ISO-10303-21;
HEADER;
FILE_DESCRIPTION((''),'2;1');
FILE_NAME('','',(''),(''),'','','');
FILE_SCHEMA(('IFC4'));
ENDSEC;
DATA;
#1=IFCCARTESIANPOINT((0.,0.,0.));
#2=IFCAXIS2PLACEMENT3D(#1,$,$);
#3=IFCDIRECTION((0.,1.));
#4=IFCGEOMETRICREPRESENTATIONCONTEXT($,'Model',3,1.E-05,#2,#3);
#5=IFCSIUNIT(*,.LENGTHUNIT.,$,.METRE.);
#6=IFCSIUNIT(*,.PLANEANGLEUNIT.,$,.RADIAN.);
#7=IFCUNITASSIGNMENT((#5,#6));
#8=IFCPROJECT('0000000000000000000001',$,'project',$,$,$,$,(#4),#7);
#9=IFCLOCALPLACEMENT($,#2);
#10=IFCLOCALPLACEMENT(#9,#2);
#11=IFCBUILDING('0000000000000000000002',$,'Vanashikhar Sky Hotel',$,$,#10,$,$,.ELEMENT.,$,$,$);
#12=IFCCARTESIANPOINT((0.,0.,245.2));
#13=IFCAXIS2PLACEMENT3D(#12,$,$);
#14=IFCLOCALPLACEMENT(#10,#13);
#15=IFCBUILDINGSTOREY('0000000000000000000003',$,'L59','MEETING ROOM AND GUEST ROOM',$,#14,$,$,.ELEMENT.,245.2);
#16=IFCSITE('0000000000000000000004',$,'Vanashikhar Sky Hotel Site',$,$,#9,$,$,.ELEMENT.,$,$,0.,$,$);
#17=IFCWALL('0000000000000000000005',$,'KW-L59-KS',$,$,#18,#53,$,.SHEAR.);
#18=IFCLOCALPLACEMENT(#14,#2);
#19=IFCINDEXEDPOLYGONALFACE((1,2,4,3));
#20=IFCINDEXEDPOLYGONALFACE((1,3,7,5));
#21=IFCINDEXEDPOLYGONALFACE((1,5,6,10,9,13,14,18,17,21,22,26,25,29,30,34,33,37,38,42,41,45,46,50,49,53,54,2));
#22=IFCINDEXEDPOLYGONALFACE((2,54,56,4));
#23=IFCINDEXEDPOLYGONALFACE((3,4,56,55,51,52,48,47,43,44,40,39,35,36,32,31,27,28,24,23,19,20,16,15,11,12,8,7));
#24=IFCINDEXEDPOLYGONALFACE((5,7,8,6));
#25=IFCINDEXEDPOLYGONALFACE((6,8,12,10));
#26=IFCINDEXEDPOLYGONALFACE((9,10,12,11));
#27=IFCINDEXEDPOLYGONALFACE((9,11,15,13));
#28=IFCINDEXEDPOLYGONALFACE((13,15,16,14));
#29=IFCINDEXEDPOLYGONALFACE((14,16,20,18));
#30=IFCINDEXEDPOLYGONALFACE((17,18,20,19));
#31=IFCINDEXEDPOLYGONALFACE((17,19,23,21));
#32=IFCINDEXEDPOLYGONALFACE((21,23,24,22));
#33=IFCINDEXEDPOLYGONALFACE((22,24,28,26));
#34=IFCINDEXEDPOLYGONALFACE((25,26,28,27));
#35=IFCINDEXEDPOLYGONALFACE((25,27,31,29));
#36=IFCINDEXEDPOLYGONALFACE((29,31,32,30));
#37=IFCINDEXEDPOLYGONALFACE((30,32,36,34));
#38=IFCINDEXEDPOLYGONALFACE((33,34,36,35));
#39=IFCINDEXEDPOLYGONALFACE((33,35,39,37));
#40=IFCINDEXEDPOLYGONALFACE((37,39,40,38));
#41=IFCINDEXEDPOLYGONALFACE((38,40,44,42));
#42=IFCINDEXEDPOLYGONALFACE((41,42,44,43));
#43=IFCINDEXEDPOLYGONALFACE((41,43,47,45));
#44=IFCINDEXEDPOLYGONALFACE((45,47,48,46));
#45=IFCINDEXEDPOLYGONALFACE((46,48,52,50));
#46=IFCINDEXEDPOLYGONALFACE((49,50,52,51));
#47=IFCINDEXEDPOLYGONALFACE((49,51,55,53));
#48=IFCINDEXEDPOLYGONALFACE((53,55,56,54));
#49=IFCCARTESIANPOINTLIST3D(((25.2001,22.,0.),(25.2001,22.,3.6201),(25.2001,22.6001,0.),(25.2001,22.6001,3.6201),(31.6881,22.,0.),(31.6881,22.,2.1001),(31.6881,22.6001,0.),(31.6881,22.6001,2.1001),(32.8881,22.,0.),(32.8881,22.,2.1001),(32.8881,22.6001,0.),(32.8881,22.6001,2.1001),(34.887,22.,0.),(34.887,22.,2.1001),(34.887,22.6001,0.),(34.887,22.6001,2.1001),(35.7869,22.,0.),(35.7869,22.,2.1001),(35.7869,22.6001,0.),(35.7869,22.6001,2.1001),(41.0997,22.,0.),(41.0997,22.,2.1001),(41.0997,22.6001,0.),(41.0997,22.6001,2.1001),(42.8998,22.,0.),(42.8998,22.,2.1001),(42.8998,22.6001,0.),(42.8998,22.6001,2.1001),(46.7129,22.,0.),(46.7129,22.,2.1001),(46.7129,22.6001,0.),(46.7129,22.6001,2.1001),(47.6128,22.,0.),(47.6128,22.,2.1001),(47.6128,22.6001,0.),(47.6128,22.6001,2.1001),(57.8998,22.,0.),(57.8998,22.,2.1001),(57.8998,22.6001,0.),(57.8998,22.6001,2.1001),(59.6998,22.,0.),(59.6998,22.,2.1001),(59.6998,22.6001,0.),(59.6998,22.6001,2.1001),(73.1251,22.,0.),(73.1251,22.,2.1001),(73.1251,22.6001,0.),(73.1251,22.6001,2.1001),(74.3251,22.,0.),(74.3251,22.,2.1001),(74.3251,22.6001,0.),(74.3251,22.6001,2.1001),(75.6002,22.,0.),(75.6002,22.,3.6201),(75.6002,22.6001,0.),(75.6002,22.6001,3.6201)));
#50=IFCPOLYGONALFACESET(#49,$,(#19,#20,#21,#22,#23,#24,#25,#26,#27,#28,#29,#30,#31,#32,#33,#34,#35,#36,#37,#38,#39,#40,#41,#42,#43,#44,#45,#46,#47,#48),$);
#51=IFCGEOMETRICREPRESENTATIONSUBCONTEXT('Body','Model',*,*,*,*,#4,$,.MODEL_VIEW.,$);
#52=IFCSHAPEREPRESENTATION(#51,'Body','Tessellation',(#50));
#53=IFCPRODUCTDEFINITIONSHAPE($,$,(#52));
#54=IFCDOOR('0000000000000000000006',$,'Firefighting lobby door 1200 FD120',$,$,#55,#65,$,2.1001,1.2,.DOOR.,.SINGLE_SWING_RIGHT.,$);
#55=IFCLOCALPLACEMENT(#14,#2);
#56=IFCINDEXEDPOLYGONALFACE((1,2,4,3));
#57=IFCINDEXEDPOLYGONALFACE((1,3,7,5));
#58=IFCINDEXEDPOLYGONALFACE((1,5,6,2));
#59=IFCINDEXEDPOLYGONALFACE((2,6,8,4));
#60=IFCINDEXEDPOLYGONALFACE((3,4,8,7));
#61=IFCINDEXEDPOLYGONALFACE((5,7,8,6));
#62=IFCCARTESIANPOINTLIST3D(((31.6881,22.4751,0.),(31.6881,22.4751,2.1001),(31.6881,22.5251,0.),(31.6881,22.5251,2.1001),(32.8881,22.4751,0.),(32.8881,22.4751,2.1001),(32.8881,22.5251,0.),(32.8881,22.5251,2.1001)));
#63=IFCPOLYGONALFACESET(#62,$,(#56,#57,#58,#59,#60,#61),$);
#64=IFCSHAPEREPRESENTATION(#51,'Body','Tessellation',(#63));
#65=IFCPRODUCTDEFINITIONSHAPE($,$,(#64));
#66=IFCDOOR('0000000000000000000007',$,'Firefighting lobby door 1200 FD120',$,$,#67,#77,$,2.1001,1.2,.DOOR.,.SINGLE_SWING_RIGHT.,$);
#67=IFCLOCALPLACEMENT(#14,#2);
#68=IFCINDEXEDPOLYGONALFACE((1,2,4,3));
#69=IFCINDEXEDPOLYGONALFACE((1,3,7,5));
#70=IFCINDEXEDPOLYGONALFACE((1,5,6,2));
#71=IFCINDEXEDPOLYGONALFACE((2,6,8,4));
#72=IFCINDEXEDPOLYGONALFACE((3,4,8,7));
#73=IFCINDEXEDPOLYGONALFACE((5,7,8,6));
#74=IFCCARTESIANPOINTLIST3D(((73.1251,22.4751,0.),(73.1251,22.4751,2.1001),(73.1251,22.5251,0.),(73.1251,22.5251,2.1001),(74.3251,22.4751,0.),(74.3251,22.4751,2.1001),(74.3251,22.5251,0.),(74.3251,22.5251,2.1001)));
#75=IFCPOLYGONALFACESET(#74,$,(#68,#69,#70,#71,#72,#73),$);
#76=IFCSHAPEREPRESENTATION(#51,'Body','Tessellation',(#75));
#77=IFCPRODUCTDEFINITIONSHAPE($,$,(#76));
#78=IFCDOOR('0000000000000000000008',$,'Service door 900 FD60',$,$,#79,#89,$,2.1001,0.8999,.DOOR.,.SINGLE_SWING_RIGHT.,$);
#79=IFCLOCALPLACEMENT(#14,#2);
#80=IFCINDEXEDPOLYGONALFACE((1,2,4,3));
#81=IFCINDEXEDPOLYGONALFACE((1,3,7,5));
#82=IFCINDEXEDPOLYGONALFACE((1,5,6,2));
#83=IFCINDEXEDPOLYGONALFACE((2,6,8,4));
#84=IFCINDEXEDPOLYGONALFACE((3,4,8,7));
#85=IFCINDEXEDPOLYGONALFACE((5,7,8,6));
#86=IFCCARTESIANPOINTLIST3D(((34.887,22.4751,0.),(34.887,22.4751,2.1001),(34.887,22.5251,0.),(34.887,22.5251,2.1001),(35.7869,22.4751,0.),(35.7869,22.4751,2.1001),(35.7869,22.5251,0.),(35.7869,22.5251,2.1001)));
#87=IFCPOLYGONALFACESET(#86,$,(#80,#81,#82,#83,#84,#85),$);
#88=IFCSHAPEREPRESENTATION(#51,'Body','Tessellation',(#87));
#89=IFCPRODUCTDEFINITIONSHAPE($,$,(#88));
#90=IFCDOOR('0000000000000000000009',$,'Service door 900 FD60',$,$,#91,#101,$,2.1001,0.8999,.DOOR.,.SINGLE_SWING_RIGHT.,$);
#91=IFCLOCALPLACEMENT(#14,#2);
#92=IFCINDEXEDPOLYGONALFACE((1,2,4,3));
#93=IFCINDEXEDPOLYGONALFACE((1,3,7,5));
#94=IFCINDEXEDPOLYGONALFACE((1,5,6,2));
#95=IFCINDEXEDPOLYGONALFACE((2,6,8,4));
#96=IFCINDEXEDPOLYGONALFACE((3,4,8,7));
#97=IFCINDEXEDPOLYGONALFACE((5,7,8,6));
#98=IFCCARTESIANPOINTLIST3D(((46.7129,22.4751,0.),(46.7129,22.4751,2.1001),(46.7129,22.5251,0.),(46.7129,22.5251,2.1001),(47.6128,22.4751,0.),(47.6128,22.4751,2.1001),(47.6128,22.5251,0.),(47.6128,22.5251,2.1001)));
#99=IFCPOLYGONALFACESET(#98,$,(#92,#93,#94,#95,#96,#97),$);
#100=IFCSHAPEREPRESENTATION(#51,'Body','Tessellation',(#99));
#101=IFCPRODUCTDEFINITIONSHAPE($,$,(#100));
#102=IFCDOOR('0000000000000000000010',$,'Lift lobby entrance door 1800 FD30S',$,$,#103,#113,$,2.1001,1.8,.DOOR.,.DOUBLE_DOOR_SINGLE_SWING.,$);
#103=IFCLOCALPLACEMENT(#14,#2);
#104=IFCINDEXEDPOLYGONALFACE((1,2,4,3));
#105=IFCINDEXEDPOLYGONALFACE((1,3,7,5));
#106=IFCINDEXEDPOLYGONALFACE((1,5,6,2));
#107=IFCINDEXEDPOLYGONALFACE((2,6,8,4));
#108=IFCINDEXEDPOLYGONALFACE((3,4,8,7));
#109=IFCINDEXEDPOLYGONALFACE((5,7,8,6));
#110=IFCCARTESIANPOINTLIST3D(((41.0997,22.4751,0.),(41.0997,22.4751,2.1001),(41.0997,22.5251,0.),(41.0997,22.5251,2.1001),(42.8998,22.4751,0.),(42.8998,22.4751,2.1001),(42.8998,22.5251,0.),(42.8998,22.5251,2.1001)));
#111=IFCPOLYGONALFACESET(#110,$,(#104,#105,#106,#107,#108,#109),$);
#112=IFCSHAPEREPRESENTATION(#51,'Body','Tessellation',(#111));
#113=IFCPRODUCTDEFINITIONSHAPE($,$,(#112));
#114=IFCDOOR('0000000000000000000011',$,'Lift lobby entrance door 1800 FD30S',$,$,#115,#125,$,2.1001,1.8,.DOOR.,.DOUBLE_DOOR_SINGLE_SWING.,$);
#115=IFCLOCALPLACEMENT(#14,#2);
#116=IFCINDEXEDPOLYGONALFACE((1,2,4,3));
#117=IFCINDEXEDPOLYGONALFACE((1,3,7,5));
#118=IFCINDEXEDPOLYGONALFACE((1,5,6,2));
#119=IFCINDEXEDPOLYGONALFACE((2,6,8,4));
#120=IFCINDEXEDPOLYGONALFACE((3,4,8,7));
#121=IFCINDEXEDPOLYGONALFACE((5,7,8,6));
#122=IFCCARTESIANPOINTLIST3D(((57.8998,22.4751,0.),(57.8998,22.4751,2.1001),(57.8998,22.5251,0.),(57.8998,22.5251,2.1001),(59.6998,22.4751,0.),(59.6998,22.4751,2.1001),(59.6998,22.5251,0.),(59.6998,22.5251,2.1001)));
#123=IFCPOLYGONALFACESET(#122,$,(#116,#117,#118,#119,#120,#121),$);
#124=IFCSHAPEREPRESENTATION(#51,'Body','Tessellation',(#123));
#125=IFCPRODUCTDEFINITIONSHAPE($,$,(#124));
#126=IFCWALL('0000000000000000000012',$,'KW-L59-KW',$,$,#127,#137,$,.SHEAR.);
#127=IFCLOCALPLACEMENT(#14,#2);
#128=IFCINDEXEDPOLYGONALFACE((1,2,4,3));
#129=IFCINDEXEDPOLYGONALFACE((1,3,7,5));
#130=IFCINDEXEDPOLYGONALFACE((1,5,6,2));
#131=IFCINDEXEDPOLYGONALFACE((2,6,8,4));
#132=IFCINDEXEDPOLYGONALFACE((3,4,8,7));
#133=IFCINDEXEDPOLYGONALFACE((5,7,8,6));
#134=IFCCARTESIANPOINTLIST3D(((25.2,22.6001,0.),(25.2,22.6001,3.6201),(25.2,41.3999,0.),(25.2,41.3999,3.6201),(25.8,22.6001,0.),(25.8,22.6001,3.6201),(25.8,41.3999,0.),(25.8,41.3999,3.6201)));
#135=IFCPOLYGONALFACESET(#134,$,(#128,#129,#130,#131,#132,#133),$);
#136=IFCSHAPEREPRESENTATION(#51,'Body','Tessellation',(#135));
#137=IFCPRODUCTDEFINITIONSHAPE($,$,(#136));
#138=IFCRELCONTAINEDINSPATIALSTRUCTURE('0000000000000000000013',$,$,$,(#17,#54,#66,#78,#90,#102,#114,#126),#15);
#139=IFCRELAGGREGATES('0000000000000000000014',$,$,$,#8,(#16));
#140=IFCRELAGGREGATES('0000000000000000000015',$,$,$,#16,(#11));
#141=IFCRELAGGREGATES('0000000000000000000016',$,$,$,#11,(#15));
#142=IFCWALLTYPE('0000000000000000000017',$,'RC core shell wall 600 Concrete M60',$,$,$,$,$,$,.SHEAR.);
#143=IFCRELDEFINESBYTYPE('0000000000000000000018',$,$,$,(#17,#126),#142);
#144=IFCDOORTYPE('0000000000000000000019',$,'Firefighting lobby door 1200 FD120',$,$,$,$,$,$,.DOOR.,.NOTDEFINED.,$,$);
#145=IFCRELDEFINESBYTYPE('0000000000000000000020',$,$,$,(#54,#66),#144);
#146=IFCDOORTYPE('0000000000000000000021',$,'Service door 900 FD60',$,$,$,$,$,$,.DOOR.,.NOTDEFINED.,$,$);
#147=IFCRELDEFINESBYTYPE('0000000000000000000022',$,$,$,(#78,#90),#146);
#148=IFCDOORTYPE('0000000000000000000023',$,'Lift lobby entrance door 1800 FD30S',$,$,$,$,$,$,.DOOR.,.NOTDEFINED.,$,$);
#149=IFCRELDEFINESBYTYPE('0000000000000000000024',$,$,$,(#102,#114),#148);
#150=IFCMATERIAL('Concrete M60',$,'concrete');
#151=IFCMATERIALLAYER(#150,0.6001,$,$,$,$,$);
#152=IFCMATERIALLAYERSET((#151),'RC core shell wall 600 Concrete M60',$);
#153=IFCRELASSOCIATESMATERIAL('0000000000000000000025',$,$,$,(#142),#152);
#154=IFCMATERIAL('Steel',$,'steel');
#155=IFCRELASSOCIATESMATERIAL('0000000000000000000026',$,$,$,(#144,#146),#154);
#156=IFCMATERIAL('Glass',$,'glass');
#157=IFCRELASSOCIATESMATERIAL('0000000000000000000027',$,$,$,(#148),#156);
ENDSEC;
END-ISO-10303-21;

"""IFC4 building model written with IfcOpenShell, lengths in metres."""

from ifc_helpers import new_model, si_unit, direction, frame, frame_2d, origin, place, context, subcontext, project, spatial, rectangle, extrude, source, transform, mapped, material, layer, layer_set, type_object, element, fill, save


model = new_model("IFC4")

# Units and contexts
model_context = context("Model", 3, precision=1e-05, world=origin(), true_north=direction((0.0, 1.0)))
body_context = subcontext(model_context, "Body", "Model", "MODEL_VIEW")
ifc_project = project(units=[si_unit("LENGTHUNIT", "METRE"), si_unit("PLANEANGLEUNIT", "RADIAN")], contexts=[model_context])

# Site, building, storey
site_placement = place(None, origin())
site = spatial("IfcSite", under=ifc_project, at=site_placement, Name="Vanashikhar Sky Hotel Site", CompositionType="ELEMENT", RefElevation=0.0)
building_placement = place(site_placement, origin())
building = spatial("IfcBuilding", under=site, at=building_placement, Name="Vanashikhar Sky Hotel", CompositionType="ELEMENT")
storey_placement = place(building_placement, frame((0.0, 0.0, 245.2)))
storey = spatial("IfcBuildingStorey", under=building, at=storey_placement, Name="L59", Description="MEETING ROOM AND GUEST ROOM", CompositionType="ELEMENT", Elevation=245.2)

# Wall, openings, doors
ifc_material_1 = material(Name="Concrete M60", Category="concrete")
ifc_layer_1 = layer(ifc_material_1, 0.6001)
ifc_layer_set_1 = layer_set([ifc_layer_1], Name="RC core shell wall 600 Concrete M60")
wall_type_1 = type_object("IfcWallType", Name="RC core shell wall 600 Concrete M60", PredefinedType="SHEAR", material=ifc_layer_set_1)
shared_shape_1 = source(origin(), body_context, "Body", "SweptSolid", [
    extrude(rectangle(XDim=50.4001, YDim=0.6001, at=frame_2d((25.2002, 0.0))), origin(), (0.0, 0.0, 1.0), 3.6201),
])
wall_1_placement = place(storey_placement, frame((25.2, 22.3, 0.0), z_axis=(0.0, 0.0, 1.0), x_axis=(1.0, 0.0, 0.0)))
wall_1 = element("IfcWall", 1, at=wall_1_placement, inside=storey, type_object=wall_type_1, Name="KW-L59-KS", PredefinedType="SHEAR", context=body_context, shape_type="MappedRepresentation", body=[
    mapped(shared_shape_1, transform((0.0, 0.0, 0.0), scale=1.0)),
])
shared_shape_2 = source(origin(), body_context, "Body", "SweptSolid", [
    extrude(rectangle(XDim=1.8, YDim=2.1001, at=frame_2d((0.8999, 1.05))), frame((0.0, 0.3101, 0.0), z_axis=(0.0, -1.0, 0.0), x_axis=(1.0, 0.0, 0.0)), (0.0, 0.0, 1.0), 0.6201),
])
opening_1_placement = place(wall_1_placement, frame((15.8999, 0.0, 0.0)))
opening_1 = element("IfcOpeningElement", 2, at=opening_1_placement, cuts=wall_1, PredefinedType="OPENING", context=body_context, shape_type="MappedRepresentation", body=[
    mapped(shared_shape_2, transform((0.0, 0.0, 0.0), scale=1.0)),
])
shared_shape_3 = source(origin(), body_context, "Body", "SweptSolid", [
    extrude(rectangle(XDim=0.8999, YDim=2.1001, at=frame_2d((0.45, 1.05))), frame((0.0, 0.3101, 0.0), z_axis=(0.0, -1.0, 0.0), x_axis=(1.0, 0.0, 0.0)), (0.0, 0.0, 1.0), 0.6201),
])
opening_2_placement = place(wall_1_placement, frame((9.687, 0.0, 0.0)))
opening_2 = element("IfcOpeningElement", 3, at=opening_2_placement, cuts=wall_1, PredefinedType="OPENING", context=body_context, shape_type="MappedRepresentation", body=[
    mapped(shared_shape_3, transform((0.0, 0.0, 0.0), scale=1.0)),
])
opening_3_placement = place(wall_1_placement, frame((21.5129, 0.0, 0.0)))
opening_3 = element("IfcOpeningElement", 4, at=opening_3_placement, cuts=wall_1, PredefinedType="OPENING", context=body_context, shape_type="MappedRepresentation", body=[
    mapped(shared_shape_3, transform((0.0, 0.0, 0.0), scale=1.0)),
])
opening_4_placement = place(wall_1_placement, frame((32.7, 0.0, 0.0)))
opening_4 = element("IfcOpeningElement", 5, at=opening_4_placement, cuts=wall_1, PredefinedType="OPENING", context=body_context, shape_type="MappedRepresentation", body=[
    mapped(shared_shape_2, transform((0.0, 0.0, 0.0), scale=1.0)),
])
shared_shape_4 = source(origin(), body_context, "Body", "SweptSolid", [
    extrude(rectangle(XDim=1.2, YDim=2.1001, at=frame_2d((0.6001, 1.05))), frame((0.0, 0.3101, 0.0), z_axis=(0.0, -1.0, 0.0), x_axis=(1.0, 0.0, 0.0)), (0.0, 0.0, 1.0), 0.6201),
])
opening_5_placement = place(wall_1_placement, frame((6.488, 0.0, 0.0)))
opening_5 = element("IfcOpeningElement", 6, at=opening_5_placement, cuts=wall_1, PredefinedType="OPENING", context=body_context, shape_type="MappedRepresentation", body=[
    mapped(shared_shape_4, transform((0.0, 0.0, 0.0), scale=1.0)),
])
opening_6_placement = place(wall_1_placement, frame((47.925, 0.0, 0.0)))
opening_6 = element("IfcOpeningElement", 7, at=opening_6_placement, cuts=wall_1, PredefinedType="OPENING", context=body_context, shape_type="MappedRepresentation", body=[
    mapped(shared_shape_4, transform((0.0, 0.0, 0.0), scale=1.0)),
])
ifc_material_2 = material(Name="Steel", Category="steel")
door_type_1 = type_object("IfcDoorType", Name="Firefighting lobby door 1200 FD120", OperationType="NOTDEFINED", PredefinedType="DOOR", material=ifc_material_2)
shared_shape_5 = source(origin(), body_context, "Body", "SweptSolid", [
    extrude(rectangle(XDim=1.2, YDim=2.1001, at=frame_2d((0.6001, 1.05))), frame((0.0, 0.2251, 0.0), z_axis=(0.0, -1.0, 0.0), x_axis=(1.0, 0.0, 0.0)), (0.0, 0.0, 1.0), 0.05),
])
door_1_placement = place(opening_5_placement, origin())
door_1 = element("IfcDoor", 8, at=door_1_placement, inside=storey, type_object=door_type_1, Name="Firefighting lobby door 1200 FD120", OperationType="SINGLE_SWING_RIGHT", OverallHeight=2.1001, OverallWidth=1.2, PredefinedType="DOOR", context=body_context, shape_type="MappedRepresentation", body=[
    mapped(shared_shape_5, transform((0.0, 0.0, 0.0), scale=1.0)),
])
fill(opening_5, door_1)
door_2_placement = place(opening_6_placement, origin())
door_2 = element("IfcDoor", 9, at=door_2_placement, inside=storey, type_object=door_type_1, Name="Firefighting lobby door 1200 FD120", OperationType="SINGLE_SWING_RIGHT", OverallHeight=2.1001, OverallWidth=1.2, PredefinedType="DOOR", context=body_context, shape_type="MappedRepresentation", body=[
    mapped(shared_shape_5, transform((0.0, 0.0, 0.0), scale=1.0)),
])
fill(opening_6, door_2)
door_type_2 = type_object("IfcDoorType", Name="Service door 900 FD60", OperationType="NOTDEFINED", PredefinedType="DOOR", material=ifc_material_2)
shared_shape_6 = source(origin(), body_context, "Body", "SweptSolid", [
    extrude(rectangle(XDim=0.8999, YDim=2.1001, at=frame_2d((0.45, 1.05))), frame((0.0, 0.2251, 0.0), z_axis=(0.0, -1.0, 0.0), x_axis=(1.0, 0.0, 0.0)), (0.0, 0.0, 1.0), 0.05),
])
door_3_placement = place(opening_2_placement, origin())
door_3 = element("IfcDoor", 10, at=door_3_placement, inside=storey, type_object=door_type_2, Name="Service door 900 FD60", OperationType="SINGLE_SWING_RIGHT", OverallHeight=2.1001, OverallWidth=0.8999, PredefinedType="DOOR", context=body_context, shape_type="MappedRepresentation", body=[
    mapped(shared_shape_6, transform((0.0, 0.0, 0.0), scale=1.0)),
])
fill(opening_2, door_3)
door_4_placement = place(opening_3_placement, origin())
door_4 = element("IfcDoor", 11, at=door_4_placement, inside=storey, type_object=door_type_2, Name="Service door 900 FD60", OperationType="SINGLE_SWING_RIGHT", OverallHeight=2.1001, OverallWidth=0.8999, PredefinedType="DOOR", context=body_context, shape_type="MappedRepresentation", body=[
    mapped(shared_shape_6, transform((0.0, 0.0, 0.0), scale=1.0)),
])
fill(opening_3, door_4)
ifc_material_3 = material(Name="Glass", Category="glass")
door_type_3 = type_object("IfcDoorType", Name="Lift lobby entrance door 1800 FD30S", OperationType="NOTDEFINED", PredefinedType="DOOR", material=ifc_material_3)
shared_shape_7 = source(origin(), body_context, "Body", "SweptSolid", [
    extrude(rectangle(XDim=1.8, YDim=2.1001, at=frame_2d((0.8999, 1.05))), frame((0.0, 0.2251, 0.0), z_axis=(0.0, -1.0, 0.0), x_axis=(1.0, 0.0, 0.0)), (0.0, 0.0, 1.0), 0.05),
])
door_5_placement = place(opening_1_placement, origin())
door_5 = element("IfcDoor", 12, at=door_5_placement, inside=storey, type_object=door_type_3, Name="Lift lobby entrance door 1800 FD30S", OperationType="DOUBLE_DOOR_SINGLE_SWING", OverallHeight=2.1001, OverallWidth=1.8, PredefinedType="DOOR", context=body_context, shape_type="MappedRepresentation", body=[
    mapped(shared_shape_7, transform((0.0, 0.0, 0.0), scale=1.0)),
])
fill(opening_1, door_5)
door_6_placement = place(opening_4_placement, origin())
door_6 = element("IfcDoor", 13, at=door_6_placement, inside=storey, type_object=door_type_3, Name="Lift lobby entrance door 1800 FD30S", OperationType="DOUBLE_DOOR_SINGLE_SWING", OverallHeight=2.1001, OverallWidth=1.8, PredefinedType="DOOR", context=body_context, shape_type="MappedRepresentation", body=[
    mapped(shared_shape_7, transform((0.0, 0.0, 0.0), scale=1.0)),
])
fill(opening_4, door_6)

# Wall
shared_shape_8 = source(origin(), body_context, "Body", "SweptSolid", [
    extrude(rectangle(XDim=18.7998, YDim=0.6001, at=frame_2d((9.3999, 0.0))), origin(), (0.0, 0.0, 1.0), 3.6201),
])
wall_2_placement = place(storey_placement, frame((25.5, 22.6001, 0.0), z_axis=(0.0, 0.0, 1.0), x_axis=(0.0, 1.0, 0.0)))
element("IfcWall", 14, at=wall_2_placement, inside=storey, type_object=wall_type_1, Name="KW-L59-KW", PredefinedType="SHEAR", context=body_context, shape_type="MappedRepresentation", body=[
    mapped(shared_shape_8, transform((0.0, 0.0, 0.0), scale=1.0)),
])

save(model, "model.ifc")
